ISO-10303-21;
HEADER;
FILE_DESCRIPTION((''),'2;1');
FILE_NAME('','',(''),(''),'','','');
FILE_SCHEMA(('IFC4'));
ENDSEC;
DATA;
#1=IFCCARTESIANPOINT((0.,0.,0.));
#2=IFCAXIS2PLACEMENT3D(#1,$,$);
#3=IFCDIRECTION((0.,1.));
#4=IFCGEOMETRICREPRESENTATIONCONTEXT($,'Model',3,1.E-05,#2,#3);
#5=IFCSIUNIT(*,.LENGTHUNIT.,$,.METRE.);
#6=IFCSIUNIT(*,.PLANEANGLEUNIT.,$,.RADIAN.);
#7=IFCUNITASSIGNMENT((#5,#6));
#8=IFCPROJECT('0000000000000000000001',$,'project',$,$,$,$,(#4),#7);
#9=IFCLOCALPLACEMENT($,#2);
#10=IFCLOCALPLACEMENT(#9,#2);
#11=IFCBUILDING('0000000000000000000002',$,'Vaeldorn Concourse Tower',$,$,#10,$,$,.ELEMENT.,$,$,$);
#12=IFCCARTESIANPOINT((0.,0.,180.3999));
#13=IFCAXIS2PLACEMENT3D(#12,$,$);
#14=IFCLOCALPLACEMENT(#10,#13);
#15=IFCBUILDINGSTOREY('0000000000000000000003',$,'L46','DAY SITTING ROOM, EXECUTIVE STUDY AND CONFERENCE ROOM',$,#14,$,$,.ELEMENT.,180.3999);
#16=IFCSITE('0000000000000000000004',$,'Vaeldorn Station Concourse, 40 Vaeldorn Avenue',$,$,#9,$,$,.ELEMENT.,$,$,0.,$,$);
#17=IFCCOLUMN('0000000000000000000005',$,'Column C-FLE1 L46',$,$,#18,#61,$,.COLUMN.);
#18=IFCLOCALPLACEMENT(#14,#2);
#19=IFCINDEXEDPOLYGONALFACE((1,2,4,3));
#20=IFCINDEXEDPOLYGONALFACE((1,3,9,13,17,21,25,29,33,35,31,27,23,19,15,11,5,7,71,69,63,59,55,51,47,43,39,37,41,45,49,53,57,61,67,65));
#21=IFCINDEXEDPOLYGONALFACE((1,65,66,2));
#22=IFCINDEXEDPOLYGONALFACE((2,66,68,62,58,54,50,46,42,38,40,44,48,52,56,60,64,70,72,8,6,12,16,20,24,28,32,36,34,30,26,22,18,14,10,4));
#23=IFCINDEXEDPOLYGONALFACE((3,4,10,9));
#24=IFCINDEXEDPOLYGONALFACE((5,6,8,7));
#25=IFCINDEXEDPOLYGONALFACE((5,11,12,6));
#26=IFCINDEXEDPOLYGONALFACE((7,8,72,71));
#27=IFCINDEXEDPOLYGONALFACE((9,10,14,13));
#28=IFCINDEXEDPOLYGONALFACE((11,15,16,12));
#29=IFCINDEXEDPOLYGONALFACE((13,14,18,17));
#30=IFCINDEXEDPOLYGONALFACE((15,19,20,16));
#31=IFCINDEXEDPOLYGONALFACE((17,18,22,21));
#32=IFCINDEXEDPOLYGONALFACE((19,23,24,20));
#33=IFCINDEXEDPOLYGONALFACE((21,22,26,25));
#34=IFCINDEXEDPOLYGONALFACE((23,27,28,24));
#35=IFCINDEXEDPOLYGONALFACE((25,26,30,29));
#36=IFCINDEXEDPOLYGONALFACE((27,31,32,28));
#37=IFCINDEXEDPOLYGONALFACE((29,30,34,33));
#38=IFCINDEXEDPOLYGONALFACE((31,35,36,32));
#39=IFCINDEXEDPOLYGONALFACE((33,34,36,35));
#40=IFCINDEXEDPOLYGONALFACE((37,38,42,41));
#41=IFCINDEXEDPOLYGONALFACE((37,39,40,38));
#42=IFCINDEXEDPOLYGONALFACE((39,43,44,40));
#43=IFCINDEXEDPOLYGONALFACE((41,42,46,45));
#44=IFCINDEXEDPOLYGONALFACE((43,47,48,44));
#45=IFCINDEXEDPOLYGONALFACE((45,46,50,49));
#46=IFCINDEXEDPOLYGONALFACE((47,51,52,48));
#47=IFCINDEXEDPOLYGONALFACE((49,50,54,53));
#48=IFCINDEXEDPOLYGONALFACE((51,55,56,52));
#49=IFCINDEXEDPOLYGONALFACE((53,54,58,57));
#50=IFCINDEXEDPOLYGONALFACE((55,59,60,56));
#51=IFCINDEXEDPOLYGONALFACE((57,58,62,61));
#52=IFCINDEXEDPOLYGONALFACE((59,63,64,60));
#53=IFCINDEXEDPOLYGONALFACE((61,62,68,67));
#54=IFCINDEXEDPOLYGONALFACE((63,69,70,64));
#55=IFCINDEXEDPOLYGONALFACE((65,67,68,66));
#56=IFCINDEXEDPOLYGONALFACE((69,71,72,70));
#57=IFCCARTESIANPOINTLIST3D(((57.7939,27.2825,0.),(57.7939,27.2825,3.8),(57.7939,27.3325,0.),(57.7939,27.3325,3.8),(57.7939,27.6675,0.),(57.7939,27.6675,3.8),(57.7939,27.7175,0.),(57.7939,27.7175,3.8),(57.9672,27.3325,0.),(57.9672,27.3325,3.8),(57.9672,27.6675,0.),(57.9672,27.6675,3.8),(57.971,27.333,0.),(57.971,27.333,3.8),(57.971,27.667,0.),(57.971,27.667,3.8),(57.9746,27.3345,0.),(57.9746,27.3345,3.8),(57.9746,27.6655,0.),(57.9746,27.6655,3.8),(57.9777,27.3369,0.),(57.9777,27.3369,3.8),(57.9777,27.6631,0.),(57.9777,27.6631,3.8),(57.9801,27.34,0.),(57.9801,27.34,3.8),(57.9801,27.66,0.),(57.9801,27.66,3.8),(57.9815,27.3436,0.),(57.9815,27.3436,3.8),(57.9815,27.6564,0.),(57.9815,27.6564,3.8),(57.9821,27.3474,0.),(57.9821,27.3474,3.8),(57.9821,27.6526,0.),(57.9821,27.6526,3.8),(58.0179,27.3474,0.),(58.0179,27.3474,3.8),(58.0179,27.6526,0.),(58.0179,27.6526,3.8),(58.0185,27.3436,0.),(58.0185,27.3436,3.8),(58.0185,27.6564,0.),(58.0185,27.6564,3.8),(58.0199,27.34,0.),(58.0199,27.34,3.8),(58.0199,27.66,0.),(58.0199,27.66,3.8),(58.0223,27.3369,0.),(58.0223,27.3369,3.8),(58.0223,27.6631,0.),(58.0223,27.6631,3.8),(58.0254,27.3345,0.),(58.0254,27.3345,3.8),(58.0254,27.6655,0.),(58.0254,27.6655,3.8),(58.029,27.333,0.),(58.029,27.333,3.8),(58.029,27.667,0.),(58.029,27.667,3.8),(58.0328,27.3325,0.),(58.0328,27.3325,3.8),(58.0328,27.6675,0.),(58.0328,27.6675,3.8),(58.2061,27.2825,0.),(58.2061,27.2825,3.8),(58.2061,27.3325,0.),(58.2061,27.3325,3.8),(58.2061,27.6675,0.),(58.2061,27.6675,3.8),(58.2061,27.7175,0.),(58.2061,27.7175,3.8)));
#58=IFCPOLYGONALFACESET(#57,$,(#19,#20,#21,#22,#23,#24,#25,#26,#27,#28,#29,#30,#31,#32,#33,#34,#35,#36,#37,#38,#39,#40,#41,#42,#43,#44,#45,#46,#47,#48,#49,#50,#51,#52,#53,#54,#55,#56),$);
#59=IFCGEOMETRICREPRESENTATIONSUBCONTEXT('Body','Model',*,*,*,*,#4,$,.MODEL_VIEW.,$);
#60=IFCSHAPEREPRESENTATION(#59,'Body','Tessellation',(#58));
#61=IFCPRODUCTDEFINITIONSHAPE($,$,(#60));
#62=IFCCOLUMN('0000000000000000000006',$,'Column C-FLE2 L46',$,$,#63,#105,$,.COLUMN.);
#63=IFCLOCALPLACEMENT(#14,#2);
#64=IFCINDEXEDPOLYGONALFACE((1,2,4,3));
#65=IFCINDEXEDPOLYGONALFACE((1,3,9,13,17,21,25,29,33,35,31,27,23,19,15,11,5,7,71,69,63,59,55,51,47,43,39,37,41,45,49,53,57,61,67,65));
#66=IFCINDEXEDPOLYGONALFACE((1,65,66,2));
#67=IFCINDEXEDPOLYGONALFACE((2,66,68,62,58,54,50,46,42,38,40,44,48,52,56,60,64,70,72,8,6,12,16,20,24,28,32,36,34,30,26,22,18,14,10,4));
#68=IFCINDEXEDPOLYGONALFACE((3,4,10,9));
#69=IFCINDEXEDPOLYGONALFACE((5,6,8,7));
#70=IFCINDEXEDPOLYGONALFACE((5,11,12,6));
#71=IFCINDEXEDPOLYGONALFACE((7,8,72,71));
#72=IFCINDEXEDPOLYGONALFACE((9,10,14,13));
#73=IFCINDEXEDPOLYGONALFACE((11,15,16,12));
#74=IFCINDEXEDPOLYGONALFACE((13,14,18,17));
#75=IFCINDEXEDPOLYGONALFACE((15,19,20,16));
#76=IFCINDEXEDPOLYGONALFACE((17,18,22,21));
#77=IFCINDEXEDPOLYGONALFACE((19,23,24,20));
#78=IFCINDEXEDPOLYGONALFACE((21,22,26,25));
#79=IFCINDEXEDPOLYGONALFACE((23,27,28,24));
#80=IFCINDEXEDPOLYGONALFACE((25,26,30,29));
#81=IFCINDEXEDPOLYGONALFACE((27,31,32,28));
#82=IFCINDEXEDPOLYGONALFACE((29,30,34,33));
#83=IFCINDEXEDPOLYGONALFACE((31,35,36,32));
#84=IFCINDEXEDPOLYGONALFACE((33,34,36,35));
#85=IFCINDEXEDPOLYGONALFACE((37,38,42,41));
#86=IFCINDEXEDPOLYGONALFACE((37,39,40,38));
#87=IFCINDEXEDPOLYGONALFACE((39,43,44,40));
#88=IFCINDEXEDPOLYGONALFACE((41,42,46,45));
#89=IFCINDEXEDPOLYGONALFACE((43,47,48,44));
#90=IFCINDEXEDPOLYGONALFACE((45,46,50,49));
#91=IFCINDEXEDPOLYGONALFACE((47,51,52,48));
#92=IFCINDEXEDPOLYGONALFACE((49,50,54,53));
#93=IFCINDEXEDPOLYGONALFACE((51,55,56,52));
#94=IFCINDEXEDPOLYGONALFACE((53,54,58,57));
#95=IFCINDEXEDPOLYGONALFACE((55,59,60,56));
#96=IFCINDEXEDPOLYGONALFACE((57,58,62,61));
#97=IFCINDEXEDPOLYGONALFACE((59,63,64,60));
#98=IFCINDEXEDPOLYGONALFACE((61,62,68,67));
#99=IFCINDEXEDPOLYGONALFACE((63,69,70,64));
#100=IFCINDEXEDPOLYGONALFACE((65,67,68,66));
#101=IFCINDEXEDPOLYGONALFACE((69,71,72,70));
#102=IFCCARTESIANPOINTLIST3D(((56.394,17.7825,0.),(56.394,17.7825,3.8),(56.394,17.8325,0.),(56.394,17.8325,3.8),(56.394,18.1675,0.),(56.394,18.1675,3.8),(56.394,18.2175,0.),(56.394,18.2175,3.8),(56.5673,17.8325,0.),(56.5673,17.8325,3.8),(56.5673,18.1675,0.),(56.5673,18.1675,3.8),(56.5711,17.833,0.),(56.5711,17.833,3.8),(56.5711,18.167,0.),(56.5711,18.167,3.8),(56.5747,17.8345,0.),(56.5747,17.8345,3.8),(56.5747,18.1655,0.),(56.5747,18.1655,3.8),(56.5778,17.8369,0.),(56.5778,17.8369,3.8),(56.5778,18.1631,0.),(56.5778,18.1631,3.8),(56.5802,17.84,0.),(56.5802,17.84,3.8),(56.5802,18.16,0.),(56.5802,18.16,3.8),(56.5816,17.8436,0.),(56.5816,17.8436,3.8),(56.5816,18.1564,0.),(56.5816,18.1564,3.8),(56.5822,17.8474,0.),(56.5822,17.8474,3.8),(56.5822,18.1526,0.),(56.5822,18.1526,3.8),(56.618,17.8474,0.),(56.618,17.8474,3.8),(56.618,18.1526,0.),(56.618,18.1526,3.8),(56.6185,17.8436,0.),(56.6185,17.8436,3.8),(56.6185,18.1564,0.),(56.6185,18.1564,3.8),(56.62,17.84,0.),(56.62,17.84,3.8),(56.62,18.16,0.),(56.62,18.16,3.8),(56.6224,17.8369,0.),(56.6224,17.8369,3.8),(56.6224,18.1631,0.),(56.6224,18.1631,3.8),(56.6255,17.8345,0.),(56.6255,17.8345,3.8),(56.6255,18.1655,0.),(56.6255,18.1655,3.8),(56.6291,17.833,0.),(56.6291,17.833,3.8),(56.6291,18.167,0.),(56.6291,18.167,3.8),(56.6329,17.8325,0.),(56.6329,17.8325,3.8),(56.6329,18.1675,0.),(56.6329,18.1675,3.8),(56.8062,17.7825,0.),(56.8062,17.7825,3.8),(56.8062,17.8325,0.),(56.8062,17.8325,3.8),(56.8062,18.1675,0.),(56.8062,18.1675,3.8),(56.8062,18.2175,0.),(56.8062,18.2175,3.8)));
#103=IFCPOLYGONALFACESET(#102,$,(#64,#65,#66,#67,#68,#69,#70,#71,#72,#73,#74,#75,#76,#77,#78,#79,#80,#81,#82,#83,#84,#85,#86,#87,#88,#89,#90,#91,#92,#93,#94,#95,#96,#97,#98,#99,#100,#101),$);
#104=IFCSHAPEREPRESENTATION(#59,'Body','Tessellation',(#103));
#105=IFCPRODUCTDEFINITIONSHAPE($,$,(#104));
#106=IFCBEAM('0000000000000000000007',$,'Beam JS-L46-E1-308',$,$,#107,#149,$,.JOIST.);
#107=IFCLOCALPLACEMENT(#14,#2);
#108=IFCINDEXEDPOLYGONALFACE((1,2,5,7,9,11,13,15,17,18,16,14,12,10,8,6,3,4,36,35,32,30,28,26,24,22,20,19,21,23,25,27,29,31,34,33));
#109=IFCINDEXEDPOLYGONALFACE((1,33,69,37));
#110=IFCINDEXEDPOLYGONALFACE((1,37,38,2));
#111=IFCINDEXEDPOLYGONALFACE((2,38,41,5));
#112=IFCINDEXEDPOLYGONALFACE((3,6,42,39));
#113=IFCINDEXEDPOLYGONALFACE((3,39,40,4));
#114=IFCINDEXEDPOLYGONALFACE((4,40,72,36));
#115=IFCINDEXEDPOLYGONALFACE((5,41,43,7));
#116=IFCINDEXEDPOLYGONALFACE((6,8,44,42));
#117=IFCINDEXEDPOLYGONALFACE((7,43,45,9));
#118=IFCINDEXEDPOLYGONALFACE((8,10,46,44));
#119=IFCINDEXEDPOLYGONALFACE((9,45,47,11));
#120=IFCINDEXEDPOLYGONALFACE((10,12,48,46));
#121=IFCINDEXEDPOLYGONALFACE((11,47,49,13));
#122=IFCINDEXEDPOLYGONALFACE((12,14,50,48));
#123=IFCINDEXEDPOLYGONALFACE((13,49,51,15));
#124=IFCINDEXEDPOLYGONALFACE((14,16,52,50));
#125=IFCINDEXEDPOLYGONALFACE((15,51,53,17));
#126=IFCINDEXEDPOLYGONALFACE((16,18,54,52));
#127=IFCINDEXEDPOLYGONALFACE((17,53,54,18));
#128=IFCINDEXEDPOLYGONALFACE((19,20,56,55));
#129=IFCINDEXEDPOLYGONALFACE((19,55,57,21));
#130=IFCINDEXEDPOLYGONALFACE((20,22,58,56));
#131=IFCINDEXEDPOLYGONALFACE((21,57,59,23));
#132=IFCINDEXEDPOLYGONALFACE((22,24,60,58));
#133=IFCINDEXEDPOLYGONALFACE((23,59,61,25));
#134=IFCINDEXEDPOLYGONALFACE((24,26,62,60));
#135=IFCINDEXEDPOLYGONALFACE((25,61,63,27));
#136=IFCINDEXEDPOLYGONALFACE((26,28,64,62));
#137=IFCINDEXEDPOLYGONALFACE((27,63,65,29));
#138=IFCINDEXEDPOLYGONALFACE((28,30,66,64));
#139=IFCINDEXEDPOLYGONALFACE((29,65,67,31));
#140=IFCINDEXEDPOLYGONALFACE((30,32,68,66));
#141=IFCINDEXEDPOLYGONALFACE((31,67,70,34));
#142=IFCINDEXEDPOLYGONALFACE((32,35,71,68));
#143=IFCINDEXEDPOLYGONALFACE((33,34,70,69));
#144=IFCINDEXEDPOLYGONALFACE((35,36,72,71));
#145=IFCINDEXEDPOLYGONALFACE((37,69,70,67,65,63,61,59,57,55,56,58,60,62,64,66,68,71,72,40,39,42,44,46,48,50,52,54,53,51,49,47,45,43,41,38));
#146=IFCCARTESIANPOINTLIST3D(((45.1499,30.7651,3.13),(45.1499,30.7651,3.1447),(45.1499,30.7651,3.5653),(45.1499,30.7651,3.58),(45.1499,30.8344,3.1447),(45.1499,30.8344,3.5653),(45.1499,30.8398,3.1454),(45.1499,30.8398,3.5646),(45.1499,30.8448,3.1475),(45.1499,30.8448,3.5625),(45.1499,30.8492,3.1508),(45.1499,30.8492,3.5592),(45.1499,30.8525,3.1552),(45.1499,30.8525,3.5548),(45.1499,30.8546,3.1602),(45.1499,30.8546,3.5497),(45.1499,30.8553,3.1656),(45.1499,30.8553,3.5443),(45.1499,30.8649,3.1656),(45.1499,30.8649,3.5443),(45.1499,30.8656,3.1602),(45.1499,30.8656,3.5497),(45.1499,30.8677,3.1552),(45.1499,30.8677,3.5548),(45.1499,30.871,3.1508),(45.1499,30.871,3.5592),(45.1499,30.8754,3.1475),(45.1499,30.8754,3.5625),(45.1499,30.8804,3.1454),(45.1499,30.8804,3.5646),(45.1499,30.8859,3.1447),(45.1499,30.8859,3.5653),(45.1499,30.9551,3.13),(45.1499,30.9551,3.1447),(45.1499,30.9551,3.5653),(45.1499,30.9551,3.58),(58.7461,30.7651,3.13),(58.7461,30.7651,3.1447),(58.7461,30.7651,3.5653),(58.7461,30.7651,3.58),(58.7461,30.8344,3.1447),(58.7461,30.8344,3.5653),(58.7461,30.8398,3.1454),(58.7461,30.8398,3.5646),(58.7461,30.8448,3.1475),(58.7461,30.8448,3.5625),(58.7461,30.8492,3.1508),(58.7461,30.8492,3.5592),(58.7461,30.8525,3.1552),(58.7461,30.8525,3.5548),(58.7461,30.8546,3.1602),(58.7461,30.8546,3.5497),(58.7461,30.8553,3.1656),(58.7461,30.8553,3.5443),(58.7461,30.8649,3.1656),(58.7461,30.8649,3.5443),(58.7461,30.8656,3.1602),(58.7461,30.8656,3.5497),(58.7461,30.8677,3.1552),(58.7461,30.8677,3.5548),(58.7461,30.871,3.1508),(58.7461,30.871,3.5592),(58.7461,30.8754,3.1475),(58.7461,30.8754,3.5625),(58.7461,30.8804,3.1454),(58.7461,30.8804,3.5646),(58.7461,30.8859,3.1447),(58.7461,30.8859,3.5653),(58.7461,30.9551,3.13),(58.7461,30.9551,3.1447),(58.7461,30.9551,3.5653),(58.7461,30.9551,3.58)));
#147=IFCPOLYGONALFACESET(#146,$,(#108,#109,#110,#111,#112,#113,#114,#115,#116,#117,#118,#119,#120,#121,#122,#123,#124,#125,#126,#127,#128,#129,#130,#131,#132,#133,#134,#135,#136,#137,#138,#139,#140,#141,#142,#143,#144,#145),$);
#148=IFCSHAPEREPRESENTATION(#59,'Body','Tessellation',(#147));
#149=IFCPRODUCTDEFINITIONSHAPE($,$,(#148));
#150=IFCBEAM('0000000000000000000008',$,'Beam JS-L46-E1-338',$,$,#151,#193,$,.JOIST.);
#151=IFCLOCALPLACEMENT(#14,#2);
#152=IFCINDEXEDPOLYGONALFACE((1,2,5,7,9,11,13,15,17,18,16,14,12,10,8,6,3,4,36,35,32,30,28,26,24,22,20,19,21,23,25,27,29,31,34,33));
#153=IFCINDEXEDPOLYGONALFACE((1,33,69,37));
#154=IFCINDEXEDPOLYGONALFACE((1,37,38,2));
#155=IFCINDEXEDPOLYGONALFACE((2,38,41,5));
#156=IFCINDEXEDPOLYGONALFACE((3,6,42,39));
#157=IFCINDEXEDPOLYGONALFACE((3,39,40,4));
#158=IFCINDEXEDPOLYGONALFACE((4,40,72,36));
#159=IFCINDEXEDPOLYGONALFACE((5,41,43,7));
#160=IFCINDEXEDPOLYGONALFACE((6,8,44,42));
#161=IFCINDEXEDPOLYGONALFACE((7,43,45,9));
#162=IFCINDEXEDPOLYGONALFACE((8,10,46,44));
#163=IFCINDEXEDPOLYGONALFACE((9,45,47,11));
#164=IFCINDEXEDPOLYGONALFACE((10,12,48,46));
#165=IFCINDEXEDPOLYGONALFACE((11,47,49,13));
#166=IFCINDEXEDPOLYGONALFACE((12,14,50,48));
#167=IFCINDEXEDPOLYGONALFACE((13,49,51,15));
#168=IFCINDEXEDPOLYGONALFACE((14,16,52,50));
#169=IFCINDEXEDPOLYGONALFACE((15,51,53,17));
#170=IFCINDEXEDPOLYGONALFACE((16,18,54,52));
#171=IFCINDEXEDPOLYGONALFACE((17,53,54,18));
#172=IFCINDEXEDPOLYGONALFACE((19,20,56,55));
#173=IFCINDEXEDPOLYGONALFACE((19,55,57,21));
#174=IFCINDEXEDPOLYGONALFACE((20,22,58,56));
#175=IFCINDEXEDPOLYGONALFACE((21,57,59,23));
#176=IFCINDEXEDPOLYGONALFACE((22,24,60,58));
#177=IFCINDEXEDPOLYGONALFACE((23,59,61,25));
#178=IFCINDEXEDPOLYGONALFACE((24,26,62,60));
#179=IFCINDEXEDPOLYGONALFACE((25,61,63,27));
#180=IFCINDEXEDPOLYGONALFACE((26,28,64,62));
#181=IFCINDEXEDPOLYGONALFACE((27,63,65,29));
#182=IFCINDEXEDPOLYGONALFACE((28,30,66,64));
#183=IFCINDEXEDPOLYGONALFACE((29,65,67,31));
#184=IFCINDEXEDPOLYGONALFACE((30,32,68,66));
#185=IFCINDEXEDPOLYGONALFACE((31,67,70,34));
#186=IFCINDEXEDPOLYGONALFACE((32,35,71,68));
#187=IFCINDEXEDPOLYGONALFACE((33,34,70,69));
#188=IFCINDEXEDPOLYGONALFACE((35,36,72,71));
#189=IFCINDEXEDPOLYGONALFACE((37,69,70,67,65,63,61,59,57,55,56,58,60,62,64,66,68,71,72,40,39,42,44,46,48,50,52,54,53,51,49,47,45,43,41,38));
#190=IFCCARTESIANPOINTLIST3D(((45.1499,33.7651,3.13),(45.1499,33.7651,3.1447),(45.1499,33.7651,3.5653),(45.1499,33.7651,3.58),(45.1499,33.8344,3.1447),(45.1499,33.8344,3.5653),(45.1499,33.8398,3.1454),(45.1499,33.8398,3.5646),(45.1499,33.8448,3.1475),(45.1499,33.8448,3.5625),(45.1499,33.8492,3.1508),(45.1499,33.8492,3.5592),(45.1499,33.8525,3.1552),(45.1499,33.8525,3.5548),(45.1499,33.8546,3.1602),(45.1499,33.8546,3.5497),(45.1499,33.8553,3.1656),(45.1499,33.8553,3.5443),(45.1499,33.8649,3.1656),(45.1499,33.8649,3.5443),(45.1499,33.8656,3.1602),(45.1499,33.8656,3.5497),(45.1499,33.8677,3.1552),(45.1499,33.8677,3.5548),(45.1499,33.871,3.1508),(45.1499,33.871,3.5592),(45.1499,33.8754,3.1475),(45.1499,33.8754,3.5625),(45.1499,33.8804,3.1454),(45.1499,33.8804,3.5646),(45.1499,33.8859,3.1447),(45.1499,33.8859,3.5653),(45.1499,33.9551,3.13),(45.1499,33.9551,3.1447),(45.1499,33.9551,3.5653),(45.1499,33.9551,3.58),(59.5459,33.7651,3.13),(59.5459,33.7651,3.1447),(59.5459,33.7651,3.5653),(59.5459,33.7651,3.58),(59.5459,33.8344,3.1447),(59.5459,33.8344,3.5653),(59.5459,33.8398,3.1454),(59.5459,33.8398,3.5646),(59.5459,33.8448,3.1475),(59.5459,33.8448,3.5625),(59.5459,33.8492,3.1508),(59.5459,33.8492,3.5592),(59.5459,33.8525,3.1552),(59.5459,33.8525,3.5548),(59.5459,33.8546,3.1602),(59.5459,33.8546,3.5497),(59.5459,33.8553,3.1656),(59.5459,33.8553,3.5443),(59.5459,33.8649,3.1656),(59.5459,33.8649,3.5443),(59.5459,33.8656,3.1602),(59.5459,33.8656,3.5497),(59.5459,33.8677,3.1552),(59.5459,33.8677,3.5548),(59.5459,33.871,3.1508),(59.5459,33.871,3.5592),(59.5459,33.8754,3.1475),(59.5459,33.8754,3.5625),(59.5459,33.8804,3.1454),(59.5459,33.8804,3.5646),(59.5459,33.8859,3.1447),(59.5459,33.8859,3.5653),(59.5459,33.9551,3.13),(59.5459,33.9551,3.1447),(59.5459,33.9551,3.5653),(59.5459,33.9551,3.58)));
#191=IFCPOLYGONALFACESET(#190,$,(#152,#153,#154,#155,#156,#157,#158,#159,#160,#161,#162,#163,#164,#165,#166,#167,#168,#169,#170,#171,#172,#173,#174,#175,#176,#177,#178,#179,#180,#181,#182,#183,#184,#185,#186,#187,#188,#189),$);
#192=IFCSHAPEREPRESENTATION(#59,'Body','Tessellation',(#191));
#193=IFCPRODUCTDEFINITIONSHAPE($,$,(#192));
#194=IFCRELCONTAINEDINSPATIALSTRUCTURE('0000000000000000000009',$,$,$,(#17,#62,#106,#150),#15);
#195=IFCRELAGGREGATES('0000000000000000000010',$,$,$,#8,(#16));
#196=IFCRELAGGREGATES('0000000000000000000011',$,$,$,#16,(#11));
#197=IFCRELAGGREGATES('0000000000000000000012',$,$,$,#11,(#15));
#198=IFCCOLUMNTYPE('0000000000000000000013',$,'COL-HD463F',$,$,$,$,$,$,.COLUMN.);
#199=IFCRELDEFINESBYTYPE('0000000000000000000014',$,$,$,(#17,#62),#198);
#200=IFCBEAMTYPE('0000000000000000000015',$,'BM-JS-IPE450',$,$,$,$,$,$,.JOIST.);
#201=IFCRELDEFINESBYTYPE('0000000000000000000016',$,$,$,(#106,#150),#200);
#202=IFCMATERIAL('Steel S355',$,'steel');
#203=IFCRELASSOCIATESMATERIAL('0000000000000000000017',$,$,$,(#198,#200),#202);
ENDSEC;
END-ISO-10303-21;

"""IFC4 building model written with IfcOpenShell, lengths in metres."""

from ifc_helpers import new_model, si_unit, direction, frame, origin, origin_2d, place, context, subcontext, project, spatial, i_section, extrude, source, transform, mapped, material, material_profile, profile_set, type_object, element, save


model = new_model("IFC4")

# Units and contexts
model_context = context("Model", 3, precision=1e-05, world=origin(), true_north=direction((0.0, 1.0)))
body_context = subcontext(model_context, "Body", "Model", "MODEL_VIEW")
ifc_project = project(units=[si_unit("LENGTHUNIT", "METRE"), si_unit("PLANEANGLEUNIT", "RADIAN")], contexts=[model_context])

# Site, building, storey
site_placement = place(None, origin())
site = spatial("IfcSite", under=ifc_project, at=site_placement, Name="Vaeldorn Station Concourse, 40 Vaeldorn Avenue", CompositionType="ELEMENT", RefElevation=0.0)
building_placement = place(site_placement, origin())
building = spatial("IfcBuilding", under=site, at=building_placement, Name="Vaeldorn Concourse Tower", CompositionType="ELEMENT")
storey_placement = place(building_placement, frame((0.0, 0.0, 180.3999)))
storey = spatial("IfcBuildingStorey", under=building, at=storey_placement, Name="L46", Description="DAY SITTING ROOM, EXECUTIVE STUDY AND CONFERENCE ROOM", CompositionType="ELEMENT", Elevation=180.3999)

# Columns
ifc_material_1 = material(Name="Steel S355", Category="steel")
ifc_material_profile_1 = material_profile(ifc_material_1, i_section(OverallWidth=0.4121, OverallDepth=0.4351, WebThickness=0.0359, FlangeThickness=0.05, FilletRadius=0.0149, at=origin_2d()), Name="HD 400x463")
ifc_profile_set_1 = profile_set([ifc_material_profile_1], Name="Steel S355")
column_type = type_object("IfcColumnType", Name="COL-HD463F", PredefinedType="COLUMN", material=ifc_profile_set_1)
shared_shape_1 = source(origin(), body_context, "Body", "SweptSolid", [
    extrude(i_section(OverallWidth=0.4121, OverallDepth=0.4351, WebThickness=0.0359, FlangeThickness=0.05, FilletRadius=0.0149, at=origin_2d()), origin(), (0.0, 0.0, 1.0), 3.8),
])
for number, where, z_axis, x_axis, name in (
    (1, (58.0, 27.5, 0.0), (0.0, 0.0, 1.0), (1.0, 0.0, 0.0), "Column C-FLE1 L46"),
    (2, (56.6001, 18.0, 0.0), (0.0, 0.0, 1.0), (1.0, 0.0, 0.0), "Column C-FLE2 L46"),
):
    element("IfcColumn", number, at=place(storey_placement, frame(where, z_axis=z_axis, x_axis=x_axis)), inside=storey, type_object=column_type, Name=name, PredefinedType="COLUMN", context=body_context, shape_type="MappedRepresentation", body=[
        mapped(shared_shape_1, transform((0.0, 0.0, 0.0), scale=1.0)),
    ])

# Beams
ifc_material_profile_2 = material_profile(ifc_material_1, i_section(OverallWidth=0.1899, OverallDepth=0.45, WebThickness=0.0095, FlangeThickness=0.0146, FilletRadius=0.021, at=origin_2d()), Name="IPE 450")
ifc_profile_set_2 = profile_set([ifc_material_profile_2], Name="Steel S355")
beam_type_1 = type_object("IfcBeamType", Name="BM-JS-IPE450", PredefinedType="JOIST", material=ifc_profile_set_2)
shared_shape_2 = source(origin(), body_context, "Body", "SweptSolid", [
    extrude(i_section(OverallWidth=0.1899, OverallDepth=0.45, WebThickness=0.0095, FlangeThickness=0.0146, FilletRadius=0.021, at=origin_2d()), origin(), (0.0, 0.0, 1.0), 13.5962),
])
beam_1_placement = place(storey_placement, frame((45.1499, 30.8601, 3.355), z_axis=(1.0, 0.0, 0.0), x_axis=(0.0, 1.0, 0.0)))
element("IfcBeam", 3, at=beam_1_placement, inside=storey, type_object=beam_type_1, Name="Beam JS-L46-E1-308", PredefinedType="JOIST", context=body_context, shape_type="MappedRepresentation", body=[
    mapped(shared_shape_2, transform((0.0, 0.0, 0.0), scale=1.0)),
])
shared_shape_3 = source(origin(), body_context, "Body", "SweptSolid", [
    extrude(i_section(OverallWidth=0.1899, OverallDepth=0.45, WebThickness=0.0095, FlangeThickness=0.0146, FilletRadius=0.021, at=origin_2d()), origin(), (0.0, 0.0, 1.0), 14.396),
])
beam_2_placement = place(storey_placement, frame((45.1499, 33.8601, 3.355), z_axis=(1.0, 0.0, 0.0), x_axis=(0.0, 1.0, 0.0)))
element("IfcBeam", 4, at=beam_2_placement, inside=storey, type_object=beam_type_1, Name="Beam JS-L46-E1-338", PredefinedType="JOIST", context=body_context, shape_type="MappedRepresentation", body=[
    mapped(shared_shape_3, transform((0.0, 0.0, 0.0), scale=1.0)),
])

save(model, "model.ifc")
